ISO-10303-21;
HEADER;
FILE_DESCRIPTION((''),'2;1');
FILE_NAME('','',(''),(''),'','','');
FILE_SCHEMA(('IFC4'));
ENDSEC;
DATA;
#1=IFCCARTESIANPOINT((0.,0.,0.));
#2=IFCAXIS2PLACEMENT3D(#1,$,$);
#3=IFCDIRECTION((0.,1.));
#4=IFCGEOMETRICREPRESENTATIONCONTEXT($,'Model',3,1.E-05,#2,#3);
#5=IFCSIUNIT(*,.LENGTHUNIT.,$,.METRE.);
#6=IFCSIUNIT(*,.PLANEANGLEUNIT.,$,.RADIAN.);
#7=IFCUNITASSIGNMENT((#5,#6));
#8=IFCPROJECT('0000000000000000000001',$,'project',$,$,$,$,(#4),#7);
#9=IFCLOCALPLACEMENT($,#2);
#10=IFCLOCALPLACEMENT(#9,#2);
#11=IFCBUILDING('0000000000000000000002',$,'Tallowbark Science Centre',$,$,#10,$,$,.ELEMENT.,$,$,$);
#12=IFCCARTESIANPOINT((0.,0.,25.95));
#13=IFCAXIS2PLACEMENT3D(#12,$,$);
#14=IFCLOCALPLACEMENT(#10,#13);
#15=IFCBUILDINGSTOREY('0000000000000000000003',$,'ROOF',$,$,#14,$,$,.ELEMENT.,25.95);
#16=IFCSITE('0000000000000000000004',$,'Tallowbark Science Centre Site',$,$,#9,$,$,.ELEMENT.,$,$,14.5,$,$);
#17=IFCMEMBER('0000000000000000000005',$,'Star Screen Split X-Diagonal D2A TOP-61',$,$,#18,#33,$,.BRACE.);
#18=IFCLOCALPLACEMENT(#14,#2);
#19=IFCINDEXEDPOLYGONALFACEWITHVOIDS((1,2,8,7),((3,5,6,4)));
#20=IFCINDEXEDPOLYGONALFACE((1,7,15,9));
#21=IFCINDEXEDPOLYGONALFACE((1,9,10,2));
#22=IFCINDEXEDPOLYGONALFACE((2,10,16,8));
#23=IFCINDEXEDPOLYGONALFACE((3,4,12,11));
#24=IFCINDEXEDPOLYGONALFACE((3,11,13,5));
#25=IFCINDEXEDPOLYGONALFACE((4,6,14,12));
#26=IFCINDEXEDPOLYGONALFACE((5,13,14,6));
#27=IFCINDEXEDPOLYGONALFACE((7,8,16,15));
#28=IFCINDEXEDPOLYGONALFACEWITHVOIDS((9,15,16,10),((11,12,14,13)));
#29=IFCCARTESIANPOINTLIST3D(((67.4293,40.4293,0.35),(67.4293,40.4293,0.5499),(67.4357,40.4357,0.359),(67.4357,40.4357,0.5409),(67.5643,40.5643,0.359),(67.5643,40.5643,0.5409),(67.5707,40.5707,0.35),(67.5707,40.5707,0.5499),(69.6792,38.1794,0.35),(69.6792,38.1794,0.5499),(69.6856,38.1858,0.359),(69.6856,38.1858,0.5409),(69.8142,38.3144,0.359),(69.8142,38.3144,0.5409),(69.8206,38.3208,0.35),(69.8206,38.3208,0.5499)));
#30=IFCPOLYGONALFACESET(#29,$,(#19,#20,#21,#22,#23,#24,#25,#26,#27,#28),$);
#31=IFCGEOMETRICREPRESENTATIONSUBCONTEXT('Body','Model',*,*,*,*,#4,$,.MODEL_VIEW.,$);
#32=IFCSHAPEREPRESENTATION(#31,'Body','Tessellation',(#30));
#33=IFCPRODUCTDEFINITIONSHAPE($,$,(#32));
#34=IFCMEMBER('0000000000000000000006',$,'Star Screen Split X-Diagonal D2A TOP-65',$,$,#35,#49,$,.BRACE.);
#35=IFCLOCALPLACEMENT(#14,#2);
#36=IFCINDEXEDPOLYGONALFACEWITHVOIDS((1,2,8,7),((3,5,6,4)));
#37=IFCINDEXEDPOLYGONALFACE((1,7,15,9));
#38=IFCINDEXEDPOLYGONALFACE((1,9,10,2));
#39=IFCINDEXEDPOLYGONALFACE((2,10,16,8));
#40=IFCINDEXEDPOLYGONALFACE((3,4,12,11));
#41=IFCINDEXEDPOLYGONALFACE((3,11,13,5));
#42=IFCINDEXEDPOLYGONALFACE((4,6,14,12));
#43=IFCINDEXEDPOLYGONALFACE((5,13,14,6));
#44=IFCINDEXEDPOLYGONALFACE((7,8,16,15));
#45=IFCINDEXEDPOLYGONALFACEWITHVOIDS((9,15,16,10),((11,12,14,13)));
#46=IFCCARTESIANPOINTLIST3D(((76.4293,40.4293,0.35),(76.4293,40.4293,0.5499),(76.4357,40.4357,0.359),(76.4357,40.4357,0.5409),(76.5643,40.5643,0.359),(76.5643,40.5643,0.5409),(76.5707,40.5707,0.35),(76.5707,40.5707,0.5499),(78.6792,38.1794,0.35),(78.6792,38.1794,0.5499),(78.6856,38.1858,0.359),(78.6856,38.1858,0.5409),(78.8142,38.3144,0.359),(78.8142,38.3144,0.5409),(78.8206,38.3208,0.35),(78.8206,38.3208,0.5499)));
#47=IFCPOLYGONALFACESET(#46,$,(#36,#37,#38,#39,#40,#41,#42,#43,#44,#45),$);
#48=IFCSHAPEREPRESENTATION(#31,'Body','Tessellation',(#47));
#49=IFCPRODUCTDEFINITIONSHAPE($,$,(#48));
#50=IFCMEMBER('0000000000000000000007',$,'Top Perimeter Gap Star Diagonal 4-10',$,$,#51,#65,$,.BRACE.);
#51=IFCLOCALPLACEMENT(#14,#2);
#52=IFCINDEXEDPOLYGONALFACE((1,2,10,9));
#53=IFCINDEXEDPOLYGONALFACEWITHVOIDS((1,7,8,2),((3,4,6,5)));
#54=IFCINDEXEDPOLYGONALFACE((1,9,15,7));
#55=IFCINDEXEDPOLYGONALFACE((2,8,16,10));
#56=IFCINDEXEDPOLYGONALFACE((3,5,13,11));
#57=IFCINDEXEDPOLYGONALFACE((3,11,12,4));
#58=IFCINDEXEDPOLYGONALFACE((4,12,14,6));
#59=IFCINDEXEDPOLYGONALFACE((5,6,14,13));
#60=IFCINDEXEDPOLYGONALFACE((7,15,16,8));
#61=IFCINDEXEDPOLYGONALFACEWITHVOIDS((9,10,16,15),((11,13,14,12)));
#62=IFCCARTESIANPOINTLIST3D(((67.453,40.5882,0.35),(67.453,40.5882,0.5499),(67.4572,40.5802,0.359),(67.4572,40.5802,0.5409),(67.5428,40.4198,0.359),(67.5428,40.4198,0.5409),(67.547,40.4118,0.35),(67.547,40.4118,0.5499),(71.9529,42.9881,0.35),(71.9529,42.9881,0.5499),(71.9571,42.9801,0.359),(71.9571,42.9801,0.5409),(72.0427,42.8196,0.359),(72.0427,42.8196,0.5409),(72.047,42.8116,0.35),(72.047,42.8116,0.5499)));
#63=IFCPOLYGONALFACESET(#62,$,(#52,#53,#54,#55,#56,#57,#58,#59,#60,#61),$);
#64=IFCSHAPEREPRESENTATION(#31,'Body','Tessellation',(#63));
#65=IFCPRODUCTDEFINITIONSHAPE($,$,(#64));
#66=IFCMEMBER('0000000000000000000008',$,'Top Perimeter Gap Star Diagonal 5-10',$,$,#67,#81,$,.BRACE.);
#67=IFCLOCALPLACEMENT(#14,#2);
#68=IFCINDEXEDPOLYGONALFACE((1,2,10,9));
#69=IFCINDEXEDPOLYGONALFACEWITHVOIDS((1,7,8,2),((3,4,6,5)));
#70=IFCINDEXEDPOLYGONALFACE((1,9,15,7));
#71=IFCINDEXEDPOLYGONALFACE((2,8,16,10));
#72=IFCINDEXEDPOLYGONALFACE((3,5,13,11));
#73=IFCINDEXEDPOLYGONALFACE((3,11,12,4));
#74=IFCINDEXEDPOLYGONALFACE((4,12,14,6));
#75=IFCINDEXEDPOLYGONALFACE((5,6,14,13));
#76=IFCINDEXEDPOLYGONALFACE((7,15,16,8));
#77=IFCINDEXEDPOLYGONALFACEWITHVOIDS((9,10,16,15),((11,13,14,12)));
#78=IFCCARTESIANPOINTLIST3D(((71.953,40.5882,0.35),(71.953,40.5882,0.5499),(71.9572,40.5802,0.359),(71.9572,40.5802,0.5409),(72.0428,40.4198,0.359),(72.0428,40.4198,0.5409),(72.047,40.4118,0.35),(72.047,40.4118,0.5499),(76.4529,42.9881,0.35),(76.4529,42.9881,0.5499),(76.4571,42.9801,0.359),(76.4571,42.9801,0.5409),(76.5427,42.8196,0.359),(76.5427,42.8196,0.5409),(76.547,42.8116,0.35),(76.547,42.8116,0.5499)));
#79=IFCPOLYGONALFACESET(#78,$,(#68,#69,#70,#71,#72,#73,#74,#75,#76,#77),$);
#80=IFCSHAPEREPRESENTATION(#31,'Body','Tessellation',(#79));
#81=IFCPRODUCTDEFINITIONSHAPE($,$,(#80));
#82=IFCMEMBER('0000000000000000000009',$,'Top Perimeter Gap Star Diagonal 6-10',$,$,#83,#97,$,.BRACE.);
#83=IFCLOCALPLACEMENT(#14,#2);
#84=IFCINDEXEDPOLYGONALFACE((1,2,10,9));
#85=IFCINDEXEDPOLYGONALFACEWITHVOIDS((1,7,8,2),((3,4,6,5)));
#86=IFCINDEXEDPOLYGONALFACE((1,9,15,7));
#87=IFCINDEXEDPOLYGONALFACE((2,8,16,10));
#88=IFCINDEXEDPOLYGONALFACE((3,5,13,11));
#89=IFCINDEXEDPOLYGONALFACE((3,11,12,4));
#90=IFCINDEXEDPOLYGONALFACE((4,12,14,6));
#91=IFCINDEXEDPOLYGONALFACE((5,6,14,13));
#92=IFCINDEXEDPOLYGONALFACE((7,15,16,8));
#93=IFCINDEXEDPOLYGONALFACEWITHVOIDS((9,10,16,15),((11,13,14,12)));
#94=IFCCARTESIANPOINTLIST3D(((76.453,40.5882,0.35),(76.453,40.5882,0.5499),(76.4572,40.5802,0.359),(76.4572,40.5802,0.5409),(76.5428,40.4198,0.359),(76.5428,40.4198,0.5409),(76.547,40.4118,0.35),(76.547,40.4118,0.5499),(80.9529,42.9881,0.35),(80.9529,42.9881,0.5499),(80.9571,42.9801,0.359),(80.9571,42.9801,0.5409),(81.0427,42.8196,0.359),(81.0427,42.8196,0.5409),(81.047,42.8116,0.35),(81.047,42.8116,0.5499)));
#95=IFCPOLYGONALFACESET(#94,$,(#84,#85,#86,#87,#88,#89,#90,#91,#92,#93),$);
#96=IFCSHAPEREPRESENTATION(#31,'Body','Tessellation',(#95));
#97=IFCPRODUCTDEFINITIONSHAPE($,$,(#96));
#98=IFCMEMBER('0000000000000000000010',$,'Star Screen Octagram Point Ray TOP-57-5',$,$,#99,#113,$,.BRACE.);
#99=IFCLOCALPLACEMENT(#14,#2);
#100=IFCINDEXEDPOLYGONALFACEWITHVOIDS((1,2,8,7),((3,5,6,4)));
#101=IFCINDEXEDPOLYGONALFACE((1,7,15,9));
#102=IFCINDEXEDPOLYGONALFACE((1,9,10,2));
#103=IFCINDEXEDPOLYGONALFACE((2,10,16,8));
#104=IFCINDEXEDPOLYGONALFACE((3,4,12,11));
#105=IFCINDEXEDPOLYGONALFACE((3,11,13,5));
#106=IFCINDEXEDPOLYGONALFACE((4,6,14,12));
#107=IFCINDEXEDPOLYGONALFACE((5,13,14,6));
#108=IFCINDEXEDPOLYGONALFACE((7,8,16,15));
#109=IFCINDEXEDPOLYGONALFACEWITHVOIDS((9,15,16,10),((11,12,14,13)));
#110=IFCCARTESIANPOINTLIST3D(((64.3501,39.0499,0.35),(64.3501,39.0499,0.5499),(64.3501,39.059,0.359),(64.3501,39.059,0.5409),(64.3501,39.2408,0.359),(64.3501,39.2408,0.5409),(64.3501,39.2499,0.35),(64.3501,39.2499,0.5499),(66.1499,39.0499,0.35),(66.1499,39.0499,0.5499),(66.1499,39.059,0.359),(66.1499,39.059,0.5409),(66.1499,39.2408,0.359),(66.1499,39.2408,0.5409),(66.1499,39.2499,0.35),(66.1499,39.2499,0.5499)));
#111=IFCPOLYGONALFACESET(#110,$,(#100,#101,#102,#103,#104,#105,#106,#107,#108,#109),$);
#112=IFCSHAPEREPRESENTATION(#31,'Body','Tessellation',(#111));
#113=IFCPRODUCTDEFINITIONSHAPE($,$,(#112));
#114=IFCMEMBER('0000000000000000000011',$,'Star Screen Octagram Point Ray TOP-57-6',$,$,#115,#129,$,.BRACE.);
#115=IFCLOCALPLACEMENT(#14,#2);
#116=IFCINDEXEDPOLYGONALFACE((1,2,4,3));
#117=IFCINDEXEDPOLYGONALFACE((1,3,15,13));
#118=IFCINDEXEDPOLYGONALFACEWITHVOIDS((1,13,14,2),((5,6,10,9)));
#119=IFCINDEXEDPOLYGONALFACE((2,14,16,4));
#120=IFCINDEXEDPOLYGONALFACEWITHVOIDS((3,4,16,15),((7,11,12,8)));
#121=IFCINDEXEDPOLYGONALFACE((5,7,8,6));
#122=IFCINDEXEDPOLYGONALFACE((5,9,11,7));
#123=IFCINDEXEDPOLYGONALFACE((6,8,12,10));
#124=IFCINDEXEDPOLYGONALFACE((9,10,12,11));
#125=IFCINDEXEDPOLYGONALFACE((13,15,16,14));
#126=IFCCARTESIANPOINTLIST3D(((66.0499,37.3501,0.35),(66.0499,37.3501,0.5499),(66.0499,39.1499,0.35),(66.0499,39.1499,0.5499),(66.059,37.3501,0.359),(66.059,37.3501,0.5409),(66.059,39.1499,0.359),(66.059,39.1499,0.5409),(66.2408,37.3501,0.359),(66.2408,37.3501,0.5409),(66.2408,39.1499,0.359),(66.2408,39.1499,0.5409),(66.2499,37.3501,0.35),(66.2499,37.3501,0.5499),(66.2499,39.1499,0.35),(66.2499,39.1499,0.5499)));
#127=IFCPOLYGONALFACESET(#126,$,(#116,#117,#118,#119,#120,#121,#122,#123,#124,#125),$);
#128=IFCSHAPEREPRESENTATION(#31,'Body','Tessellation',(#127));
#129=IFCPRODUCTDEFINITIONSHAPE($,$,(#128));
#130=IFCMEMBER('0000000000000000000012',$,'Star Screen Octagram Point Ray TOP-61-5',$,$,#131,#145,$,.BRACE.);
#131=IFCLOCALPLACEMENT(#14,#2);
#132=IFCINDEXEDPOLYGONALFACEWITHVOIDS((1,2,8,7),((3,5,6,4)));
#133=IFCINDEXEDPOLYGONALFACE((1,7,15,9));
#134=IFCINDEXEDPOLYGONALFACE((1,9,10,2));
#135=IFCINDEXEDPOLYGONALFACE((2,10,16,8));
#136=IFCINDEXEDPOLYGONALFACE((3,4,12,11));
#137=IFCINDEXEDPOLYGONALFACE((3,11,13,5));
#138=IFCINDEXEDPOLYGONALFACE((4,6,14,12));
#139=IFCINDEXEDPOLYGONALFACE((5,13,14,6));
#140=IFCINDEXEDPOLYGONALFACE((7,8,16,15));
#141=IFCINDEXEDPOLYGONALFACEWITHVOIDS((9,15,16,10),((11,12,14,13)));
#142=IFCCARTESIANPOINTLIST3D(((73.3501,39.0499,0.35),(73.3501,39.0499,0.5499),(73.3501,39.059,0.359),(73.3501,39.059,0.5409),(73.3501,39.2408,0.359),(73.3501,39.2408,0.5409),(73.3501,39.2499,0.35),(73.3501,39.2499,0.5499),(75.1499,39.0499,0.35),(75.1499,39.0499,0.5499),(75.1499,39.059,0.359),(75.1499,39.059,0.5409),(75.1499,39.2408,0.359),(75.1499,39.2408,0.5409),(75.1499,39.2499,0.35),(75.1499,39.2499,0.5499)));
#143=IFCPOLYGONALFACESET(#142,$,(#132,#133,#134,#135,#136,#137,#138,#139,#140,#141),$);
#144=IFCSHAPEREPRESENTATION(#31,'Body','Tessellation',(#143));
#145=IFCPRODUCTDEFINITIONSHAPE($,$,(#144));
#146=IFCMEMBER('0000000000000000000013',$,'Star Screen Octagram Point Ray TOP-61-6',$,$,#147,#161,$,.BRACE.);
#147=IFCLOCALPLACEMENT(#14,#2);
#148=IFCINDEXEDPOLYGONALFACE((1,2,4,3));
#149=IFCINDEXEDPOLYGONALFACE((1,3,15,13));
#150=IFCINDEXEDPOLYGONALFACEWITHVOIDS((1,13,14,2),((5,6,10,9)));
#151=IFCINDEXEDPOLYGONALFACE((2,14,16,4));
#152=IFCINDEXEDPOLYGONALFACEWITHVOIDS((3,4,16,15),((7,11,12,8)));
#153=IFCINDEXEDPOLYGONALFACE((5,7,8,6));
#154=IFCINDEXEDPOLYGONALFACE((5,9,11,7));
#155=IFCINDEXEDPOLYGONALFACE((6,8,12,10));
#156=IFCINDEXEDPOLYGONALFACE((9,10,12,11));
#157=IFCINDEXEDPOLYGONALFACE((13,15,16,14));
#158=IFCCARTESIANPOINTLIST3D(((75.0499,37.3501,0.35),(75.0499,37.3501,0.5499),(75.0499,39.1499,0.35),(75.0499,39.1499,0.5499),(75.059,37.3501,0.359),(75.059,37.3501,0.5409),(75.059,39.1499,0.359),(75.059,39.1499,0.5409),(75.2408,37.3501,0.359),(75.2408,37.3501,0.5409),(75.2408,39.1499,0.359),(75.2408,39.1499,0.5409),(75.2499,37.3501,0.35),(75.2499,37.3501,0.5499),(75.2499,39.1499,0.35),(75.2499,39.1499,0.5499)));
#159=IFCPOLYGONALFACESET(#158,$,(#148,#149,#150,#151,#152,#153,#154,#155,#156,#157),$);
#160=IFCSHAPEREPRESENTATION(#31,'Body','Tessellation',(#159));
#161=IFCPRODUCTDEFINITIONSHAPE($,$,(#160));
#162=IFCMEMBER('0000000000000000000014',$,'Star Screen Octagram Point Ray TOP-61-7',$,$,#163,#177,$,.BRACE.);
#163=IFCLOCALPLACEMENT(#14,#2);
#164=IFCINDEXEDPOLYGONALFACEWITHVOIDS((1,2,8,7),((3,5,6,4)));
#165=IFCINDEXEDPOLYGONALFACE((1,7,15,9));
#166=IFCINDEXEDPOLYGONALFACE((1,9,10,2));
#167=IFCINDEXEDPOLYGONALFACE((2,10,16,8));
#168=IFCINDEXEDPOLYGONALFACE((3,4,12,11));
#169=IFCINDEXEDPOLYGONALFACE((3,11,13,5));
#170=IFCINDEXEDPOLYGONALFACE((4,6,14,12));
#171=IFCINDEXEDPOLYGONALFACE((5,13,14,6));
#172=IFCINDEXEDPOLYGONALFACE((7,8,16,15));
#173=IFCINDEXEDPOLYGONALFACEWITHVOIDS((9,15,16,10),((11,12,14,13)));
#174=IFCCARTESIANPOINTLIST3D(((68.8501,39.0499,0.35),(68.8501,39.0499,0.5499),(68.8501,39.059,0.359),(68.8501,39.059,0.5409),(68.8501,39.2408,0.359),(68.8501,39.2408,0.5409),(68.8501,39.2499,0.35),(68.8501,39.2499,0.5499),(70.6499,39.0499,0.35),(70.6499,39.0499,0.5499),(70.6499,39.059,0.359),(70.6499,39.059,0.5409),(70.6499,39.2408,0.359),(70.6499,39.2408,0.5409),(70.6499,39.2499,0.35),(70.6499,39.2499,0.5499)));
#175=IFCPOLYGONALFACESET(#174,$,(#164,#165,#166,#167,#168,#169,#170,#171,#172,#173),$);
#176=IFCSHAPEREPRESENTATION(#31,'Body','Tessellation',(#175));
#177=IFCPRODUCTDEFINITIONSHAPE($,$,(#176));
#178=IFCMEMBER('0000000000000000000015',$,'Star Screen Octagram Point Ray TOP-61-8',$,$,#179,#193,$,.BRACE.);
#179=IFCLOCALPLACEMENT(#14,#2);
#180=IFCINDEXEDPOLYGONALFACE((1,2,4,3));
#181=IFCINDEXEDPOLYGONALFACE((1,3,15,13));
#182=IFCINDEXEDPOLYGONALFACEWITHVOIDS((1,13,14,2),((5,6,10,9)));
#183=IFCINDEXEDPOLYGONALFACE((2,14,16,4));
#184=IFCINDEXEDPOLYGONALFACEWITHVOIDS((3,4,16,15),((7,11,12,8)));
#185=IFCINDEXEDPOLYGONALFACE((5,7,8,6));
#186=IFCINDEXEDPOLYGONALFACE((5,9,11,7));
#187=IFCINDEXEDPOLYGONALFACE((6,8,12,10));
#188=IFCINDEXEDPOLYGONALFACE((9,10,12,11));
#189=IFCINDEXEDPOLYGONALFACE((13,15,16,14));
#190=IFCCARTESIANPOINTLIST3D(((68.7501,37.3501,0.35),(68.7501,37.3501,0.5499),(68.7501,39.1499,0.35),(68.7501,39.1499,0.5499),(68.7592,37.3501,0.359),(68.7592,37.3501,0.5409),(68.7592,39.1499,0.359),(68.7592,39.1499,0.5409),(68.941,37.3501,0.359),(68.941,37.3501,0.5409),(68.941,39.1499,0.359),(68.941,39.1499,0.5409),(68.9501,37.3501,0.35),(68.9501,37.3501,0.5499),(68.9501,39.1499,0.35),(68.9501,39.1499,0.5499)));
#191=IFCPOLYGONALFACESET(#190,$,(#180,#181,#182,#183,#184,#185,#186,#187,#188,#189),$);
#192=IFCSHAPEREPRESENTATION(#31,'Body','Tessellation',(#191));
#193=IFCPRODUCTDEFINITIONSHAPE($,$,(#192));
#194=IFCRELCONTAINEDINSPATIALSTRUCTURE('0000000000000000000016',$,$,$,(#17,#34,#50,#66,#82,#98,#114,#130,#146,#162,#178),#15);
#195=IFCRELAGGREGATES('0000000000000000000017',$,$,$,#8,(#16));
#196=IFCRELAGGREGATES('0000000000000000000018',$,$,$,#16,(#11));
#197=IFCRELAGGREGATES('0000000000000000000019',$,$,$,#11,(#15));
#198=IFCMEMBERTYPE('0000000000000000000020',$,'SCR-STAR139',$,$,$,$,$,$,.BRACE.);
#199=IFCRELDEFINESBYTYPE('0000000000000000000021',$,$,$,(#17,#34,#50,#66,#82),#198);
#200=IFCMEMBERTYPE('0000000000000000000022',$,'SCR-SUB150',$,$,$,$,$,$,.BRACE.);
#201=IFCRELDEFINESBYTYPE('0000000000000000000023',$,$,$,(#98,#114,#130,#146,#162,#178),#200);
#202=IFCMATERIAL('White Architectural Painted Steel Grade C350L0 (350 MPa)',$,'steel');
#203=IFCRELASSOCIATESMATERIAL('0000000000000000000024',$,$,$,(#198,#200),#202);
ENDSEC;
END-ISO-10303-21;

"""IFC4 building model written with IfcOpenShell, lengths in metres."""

from ifc_helpers import new_model, si_unit, direction, frame, origin, origin_2d, place, context, subcontext, project, spatial, hollow_rectangle, extrude, material, material_profile, profile_set, type_object, element, save


model = new_model("IFC4")

# Units and contexts
model_context = context("Model", 3, precision=1e-05, world=origin(), true_north=direction((0.0, 1.0)))
body_context = subcontext(model_context, "Body", "Model", "MODEL_VIEW")
ifc_project = project(units=[si_unit("LENGTHUNIT", "METRE"), si_unit("PLANEANGLEUNIT", "RADIAN")], contexts=[model_context])

# Site, building, storey
site_placement = place(None, origin())
site = spatial("IfcSite", under=ifc_project, at=site_placement, Name="Tallowbark Science Centre Site", CompositionType="ELEMENT", RefElevation=14.5)
building_placement = place(site_placement, origin())
building = spatial("IfcBuilding", under=site, at=building_placement, Name="Tallowbark Science Centre", CompositionType="ELEMENT")
storey_placement = place(building_placement, frame((0.0, 0.0, 25.95)))
storey = spatial("IfcBuildingStorey", under=building, at=storey_placement, Name="ROOF", CompositionType="ELEMENT", Elevation=25.95)

# Shared definitions
ifc_material_1 = material(Name="White Architectural Painted Steel Grade C350L0 (350 MPa)", Category="steel")

# Members
ifc_material_profile_1 = material_profile(ifc_material_1, hollow_rectangle(XDim=0.2, YDim=0.2, WallThickness=0.009, at=origin_2d()), Name="200x200x9.0SHS")
ifc_profile_set_1 = profile_set([ifc_material_profile_1], Name="White Architectural Painted Steel Grade C350L0 (350 MPa)")
member_type_1 = type_object("IfcMemberType", Name="SCR-STAR139", PredefinedType="BRACE", material=ifc_profile_set_1)
for number, where, z_axis, x_axis, name in (
    (1, (67.5, 40.5, 0.45), (0.707107, -0.707107, 0.0), (0.707107, 0.707107, 0.0), "Star Screen Split X-Diagonal D2A TOP-61"),
    (2, (76.5, 40.5, 0.45), (0.707107, -0.707107, 0.0), (0.707107, 0.707107, 0.0), "Star Screen Split X-Diagonal D2A TOP-65"),
):
    element("IfcMember", number, at=place(storey_placement, frame(where, z_axis=z_axis, x_axis=x_axis)), inside=storey, type_object=member_type_1, Name=name, PredefinedType="BRACE", context=body_context, shape_type="SweptSolid", body=[
        extrude(hollow_rectangle(XDim=0.2, YDim=0.2, WallThickness=0.009, at=origin_2d()), origin(), (0.0, 0.0, 1.0), 3.1819),
    ])
for number, where, z_axis, x_axis, name in (
    (3, (67.5, 40.5, 0.45), (0.882361, 0.470573, 0.0), (-0.470573, 0.882361, 0.0), "Top Perimeter Gap Star Diagonal 4-10"),
    (4, (72.0, 40.5, 0.45), (0.882361, 0.470573, 0.0), (-0.470573, 0.882361, 0.0), "Top Perimeter Gap Star Diagonal 5-10"),
    (5, (76.5, 40.5, 0.45), (0.882361, 0.470573, 0.0), (-0.470573, 0.882361, 0.0), "Top Perimeter Gap Star Diagonal 6-10"),
):
    element("IfcMember", number, at=place(storey_placement, frame(where, z_axis=z_axis, x_axis=x_axis)), inside=storey, type_object=member_type_1, Name=name, PredefinedType="BRACE", context=body_context, shape_type="SweptSolid", body=[
        extrude(hollow_rectangle(XDim=0.2, YDim=0.2, WallThickness=0.009, at=origin_2d()), origin(), (0.0, 0.0, 1.0), 5.0999),
    ])
ifc_material_profile_2 = material_profile(ifc_material_1, hollow_rectangle(XDim=0.2, YDim=0.2, WallThickness=0.009, at=origin_2d()), Name="200x200x9.0SHS")
ifc_profile_set_2 = profile_set([ifc_material_profile_2], Name="White Architectural Painted Steel Grade C350L0 (350 MPa)")
member_type_2 = type_object("IfcMemberType", Name="SCR-SUB150", PredefinedType="BRACE", material=ifc_profile_set_2)
for number, where, z_axis, x_axis, name in (
    (6, (66.1499, 39.1499, 0.45), (-1.0, 0.0, 0.0), (0.0, -1.0, 0.0), "Star Screen Octagram Point Ray TOP-57-5"),
    (7, (66.1499, 39.1499, 0.45), (0.0, -1.0, 0.0), (1.0, 0.0, 0.0), "Star Screen Octagram Point Ray TOP-57-6"),
    (8, (75.1499, 39.1499, 0.45), (-1.0, 0.0, 0.0), (0.0, -1.0, 0.0), "Star Screen Octagram Point Ray TOP-61-5"),
    (9, (75.1499, 39.1499, 0.45), (0.0, -1.0, 0.0), (1.0, 0.0, 0.0), "Star Screen Octagram Point Ray TOP-61-6"),
    (10, (68.8501, 39.1499, 0.45), (1.0, 0.0, 0.0), (0.0, 1.0, 0.0), "Star Screen Octagram Point Ray TOP-61-7"),
    (11, (68.8501, 39.1499, 0.45), (0.0, -1.0, 0.0), (1.0, 0.0, 0.0), "Star Screen Octagram Point Ray TOP-61-8"),
):
    element("IfcMember", number, at=place(storey_placement, frame(where, z_axis=z_axis, x_axis=x_axis)), inside=storey, type_object=member_type_2, Name=name, PredefinedType="BRACE", context=body_context, shape_type="SweptSolid", body=[
        extrude(hollow_rectangle(XDim=0.2, YDim=0.2, WallThickness=0.009, at=origin_2d()), origin(), (0.0, 0.0, 1.0), 1.7998),
    ])

save(model, "model.ifc")
